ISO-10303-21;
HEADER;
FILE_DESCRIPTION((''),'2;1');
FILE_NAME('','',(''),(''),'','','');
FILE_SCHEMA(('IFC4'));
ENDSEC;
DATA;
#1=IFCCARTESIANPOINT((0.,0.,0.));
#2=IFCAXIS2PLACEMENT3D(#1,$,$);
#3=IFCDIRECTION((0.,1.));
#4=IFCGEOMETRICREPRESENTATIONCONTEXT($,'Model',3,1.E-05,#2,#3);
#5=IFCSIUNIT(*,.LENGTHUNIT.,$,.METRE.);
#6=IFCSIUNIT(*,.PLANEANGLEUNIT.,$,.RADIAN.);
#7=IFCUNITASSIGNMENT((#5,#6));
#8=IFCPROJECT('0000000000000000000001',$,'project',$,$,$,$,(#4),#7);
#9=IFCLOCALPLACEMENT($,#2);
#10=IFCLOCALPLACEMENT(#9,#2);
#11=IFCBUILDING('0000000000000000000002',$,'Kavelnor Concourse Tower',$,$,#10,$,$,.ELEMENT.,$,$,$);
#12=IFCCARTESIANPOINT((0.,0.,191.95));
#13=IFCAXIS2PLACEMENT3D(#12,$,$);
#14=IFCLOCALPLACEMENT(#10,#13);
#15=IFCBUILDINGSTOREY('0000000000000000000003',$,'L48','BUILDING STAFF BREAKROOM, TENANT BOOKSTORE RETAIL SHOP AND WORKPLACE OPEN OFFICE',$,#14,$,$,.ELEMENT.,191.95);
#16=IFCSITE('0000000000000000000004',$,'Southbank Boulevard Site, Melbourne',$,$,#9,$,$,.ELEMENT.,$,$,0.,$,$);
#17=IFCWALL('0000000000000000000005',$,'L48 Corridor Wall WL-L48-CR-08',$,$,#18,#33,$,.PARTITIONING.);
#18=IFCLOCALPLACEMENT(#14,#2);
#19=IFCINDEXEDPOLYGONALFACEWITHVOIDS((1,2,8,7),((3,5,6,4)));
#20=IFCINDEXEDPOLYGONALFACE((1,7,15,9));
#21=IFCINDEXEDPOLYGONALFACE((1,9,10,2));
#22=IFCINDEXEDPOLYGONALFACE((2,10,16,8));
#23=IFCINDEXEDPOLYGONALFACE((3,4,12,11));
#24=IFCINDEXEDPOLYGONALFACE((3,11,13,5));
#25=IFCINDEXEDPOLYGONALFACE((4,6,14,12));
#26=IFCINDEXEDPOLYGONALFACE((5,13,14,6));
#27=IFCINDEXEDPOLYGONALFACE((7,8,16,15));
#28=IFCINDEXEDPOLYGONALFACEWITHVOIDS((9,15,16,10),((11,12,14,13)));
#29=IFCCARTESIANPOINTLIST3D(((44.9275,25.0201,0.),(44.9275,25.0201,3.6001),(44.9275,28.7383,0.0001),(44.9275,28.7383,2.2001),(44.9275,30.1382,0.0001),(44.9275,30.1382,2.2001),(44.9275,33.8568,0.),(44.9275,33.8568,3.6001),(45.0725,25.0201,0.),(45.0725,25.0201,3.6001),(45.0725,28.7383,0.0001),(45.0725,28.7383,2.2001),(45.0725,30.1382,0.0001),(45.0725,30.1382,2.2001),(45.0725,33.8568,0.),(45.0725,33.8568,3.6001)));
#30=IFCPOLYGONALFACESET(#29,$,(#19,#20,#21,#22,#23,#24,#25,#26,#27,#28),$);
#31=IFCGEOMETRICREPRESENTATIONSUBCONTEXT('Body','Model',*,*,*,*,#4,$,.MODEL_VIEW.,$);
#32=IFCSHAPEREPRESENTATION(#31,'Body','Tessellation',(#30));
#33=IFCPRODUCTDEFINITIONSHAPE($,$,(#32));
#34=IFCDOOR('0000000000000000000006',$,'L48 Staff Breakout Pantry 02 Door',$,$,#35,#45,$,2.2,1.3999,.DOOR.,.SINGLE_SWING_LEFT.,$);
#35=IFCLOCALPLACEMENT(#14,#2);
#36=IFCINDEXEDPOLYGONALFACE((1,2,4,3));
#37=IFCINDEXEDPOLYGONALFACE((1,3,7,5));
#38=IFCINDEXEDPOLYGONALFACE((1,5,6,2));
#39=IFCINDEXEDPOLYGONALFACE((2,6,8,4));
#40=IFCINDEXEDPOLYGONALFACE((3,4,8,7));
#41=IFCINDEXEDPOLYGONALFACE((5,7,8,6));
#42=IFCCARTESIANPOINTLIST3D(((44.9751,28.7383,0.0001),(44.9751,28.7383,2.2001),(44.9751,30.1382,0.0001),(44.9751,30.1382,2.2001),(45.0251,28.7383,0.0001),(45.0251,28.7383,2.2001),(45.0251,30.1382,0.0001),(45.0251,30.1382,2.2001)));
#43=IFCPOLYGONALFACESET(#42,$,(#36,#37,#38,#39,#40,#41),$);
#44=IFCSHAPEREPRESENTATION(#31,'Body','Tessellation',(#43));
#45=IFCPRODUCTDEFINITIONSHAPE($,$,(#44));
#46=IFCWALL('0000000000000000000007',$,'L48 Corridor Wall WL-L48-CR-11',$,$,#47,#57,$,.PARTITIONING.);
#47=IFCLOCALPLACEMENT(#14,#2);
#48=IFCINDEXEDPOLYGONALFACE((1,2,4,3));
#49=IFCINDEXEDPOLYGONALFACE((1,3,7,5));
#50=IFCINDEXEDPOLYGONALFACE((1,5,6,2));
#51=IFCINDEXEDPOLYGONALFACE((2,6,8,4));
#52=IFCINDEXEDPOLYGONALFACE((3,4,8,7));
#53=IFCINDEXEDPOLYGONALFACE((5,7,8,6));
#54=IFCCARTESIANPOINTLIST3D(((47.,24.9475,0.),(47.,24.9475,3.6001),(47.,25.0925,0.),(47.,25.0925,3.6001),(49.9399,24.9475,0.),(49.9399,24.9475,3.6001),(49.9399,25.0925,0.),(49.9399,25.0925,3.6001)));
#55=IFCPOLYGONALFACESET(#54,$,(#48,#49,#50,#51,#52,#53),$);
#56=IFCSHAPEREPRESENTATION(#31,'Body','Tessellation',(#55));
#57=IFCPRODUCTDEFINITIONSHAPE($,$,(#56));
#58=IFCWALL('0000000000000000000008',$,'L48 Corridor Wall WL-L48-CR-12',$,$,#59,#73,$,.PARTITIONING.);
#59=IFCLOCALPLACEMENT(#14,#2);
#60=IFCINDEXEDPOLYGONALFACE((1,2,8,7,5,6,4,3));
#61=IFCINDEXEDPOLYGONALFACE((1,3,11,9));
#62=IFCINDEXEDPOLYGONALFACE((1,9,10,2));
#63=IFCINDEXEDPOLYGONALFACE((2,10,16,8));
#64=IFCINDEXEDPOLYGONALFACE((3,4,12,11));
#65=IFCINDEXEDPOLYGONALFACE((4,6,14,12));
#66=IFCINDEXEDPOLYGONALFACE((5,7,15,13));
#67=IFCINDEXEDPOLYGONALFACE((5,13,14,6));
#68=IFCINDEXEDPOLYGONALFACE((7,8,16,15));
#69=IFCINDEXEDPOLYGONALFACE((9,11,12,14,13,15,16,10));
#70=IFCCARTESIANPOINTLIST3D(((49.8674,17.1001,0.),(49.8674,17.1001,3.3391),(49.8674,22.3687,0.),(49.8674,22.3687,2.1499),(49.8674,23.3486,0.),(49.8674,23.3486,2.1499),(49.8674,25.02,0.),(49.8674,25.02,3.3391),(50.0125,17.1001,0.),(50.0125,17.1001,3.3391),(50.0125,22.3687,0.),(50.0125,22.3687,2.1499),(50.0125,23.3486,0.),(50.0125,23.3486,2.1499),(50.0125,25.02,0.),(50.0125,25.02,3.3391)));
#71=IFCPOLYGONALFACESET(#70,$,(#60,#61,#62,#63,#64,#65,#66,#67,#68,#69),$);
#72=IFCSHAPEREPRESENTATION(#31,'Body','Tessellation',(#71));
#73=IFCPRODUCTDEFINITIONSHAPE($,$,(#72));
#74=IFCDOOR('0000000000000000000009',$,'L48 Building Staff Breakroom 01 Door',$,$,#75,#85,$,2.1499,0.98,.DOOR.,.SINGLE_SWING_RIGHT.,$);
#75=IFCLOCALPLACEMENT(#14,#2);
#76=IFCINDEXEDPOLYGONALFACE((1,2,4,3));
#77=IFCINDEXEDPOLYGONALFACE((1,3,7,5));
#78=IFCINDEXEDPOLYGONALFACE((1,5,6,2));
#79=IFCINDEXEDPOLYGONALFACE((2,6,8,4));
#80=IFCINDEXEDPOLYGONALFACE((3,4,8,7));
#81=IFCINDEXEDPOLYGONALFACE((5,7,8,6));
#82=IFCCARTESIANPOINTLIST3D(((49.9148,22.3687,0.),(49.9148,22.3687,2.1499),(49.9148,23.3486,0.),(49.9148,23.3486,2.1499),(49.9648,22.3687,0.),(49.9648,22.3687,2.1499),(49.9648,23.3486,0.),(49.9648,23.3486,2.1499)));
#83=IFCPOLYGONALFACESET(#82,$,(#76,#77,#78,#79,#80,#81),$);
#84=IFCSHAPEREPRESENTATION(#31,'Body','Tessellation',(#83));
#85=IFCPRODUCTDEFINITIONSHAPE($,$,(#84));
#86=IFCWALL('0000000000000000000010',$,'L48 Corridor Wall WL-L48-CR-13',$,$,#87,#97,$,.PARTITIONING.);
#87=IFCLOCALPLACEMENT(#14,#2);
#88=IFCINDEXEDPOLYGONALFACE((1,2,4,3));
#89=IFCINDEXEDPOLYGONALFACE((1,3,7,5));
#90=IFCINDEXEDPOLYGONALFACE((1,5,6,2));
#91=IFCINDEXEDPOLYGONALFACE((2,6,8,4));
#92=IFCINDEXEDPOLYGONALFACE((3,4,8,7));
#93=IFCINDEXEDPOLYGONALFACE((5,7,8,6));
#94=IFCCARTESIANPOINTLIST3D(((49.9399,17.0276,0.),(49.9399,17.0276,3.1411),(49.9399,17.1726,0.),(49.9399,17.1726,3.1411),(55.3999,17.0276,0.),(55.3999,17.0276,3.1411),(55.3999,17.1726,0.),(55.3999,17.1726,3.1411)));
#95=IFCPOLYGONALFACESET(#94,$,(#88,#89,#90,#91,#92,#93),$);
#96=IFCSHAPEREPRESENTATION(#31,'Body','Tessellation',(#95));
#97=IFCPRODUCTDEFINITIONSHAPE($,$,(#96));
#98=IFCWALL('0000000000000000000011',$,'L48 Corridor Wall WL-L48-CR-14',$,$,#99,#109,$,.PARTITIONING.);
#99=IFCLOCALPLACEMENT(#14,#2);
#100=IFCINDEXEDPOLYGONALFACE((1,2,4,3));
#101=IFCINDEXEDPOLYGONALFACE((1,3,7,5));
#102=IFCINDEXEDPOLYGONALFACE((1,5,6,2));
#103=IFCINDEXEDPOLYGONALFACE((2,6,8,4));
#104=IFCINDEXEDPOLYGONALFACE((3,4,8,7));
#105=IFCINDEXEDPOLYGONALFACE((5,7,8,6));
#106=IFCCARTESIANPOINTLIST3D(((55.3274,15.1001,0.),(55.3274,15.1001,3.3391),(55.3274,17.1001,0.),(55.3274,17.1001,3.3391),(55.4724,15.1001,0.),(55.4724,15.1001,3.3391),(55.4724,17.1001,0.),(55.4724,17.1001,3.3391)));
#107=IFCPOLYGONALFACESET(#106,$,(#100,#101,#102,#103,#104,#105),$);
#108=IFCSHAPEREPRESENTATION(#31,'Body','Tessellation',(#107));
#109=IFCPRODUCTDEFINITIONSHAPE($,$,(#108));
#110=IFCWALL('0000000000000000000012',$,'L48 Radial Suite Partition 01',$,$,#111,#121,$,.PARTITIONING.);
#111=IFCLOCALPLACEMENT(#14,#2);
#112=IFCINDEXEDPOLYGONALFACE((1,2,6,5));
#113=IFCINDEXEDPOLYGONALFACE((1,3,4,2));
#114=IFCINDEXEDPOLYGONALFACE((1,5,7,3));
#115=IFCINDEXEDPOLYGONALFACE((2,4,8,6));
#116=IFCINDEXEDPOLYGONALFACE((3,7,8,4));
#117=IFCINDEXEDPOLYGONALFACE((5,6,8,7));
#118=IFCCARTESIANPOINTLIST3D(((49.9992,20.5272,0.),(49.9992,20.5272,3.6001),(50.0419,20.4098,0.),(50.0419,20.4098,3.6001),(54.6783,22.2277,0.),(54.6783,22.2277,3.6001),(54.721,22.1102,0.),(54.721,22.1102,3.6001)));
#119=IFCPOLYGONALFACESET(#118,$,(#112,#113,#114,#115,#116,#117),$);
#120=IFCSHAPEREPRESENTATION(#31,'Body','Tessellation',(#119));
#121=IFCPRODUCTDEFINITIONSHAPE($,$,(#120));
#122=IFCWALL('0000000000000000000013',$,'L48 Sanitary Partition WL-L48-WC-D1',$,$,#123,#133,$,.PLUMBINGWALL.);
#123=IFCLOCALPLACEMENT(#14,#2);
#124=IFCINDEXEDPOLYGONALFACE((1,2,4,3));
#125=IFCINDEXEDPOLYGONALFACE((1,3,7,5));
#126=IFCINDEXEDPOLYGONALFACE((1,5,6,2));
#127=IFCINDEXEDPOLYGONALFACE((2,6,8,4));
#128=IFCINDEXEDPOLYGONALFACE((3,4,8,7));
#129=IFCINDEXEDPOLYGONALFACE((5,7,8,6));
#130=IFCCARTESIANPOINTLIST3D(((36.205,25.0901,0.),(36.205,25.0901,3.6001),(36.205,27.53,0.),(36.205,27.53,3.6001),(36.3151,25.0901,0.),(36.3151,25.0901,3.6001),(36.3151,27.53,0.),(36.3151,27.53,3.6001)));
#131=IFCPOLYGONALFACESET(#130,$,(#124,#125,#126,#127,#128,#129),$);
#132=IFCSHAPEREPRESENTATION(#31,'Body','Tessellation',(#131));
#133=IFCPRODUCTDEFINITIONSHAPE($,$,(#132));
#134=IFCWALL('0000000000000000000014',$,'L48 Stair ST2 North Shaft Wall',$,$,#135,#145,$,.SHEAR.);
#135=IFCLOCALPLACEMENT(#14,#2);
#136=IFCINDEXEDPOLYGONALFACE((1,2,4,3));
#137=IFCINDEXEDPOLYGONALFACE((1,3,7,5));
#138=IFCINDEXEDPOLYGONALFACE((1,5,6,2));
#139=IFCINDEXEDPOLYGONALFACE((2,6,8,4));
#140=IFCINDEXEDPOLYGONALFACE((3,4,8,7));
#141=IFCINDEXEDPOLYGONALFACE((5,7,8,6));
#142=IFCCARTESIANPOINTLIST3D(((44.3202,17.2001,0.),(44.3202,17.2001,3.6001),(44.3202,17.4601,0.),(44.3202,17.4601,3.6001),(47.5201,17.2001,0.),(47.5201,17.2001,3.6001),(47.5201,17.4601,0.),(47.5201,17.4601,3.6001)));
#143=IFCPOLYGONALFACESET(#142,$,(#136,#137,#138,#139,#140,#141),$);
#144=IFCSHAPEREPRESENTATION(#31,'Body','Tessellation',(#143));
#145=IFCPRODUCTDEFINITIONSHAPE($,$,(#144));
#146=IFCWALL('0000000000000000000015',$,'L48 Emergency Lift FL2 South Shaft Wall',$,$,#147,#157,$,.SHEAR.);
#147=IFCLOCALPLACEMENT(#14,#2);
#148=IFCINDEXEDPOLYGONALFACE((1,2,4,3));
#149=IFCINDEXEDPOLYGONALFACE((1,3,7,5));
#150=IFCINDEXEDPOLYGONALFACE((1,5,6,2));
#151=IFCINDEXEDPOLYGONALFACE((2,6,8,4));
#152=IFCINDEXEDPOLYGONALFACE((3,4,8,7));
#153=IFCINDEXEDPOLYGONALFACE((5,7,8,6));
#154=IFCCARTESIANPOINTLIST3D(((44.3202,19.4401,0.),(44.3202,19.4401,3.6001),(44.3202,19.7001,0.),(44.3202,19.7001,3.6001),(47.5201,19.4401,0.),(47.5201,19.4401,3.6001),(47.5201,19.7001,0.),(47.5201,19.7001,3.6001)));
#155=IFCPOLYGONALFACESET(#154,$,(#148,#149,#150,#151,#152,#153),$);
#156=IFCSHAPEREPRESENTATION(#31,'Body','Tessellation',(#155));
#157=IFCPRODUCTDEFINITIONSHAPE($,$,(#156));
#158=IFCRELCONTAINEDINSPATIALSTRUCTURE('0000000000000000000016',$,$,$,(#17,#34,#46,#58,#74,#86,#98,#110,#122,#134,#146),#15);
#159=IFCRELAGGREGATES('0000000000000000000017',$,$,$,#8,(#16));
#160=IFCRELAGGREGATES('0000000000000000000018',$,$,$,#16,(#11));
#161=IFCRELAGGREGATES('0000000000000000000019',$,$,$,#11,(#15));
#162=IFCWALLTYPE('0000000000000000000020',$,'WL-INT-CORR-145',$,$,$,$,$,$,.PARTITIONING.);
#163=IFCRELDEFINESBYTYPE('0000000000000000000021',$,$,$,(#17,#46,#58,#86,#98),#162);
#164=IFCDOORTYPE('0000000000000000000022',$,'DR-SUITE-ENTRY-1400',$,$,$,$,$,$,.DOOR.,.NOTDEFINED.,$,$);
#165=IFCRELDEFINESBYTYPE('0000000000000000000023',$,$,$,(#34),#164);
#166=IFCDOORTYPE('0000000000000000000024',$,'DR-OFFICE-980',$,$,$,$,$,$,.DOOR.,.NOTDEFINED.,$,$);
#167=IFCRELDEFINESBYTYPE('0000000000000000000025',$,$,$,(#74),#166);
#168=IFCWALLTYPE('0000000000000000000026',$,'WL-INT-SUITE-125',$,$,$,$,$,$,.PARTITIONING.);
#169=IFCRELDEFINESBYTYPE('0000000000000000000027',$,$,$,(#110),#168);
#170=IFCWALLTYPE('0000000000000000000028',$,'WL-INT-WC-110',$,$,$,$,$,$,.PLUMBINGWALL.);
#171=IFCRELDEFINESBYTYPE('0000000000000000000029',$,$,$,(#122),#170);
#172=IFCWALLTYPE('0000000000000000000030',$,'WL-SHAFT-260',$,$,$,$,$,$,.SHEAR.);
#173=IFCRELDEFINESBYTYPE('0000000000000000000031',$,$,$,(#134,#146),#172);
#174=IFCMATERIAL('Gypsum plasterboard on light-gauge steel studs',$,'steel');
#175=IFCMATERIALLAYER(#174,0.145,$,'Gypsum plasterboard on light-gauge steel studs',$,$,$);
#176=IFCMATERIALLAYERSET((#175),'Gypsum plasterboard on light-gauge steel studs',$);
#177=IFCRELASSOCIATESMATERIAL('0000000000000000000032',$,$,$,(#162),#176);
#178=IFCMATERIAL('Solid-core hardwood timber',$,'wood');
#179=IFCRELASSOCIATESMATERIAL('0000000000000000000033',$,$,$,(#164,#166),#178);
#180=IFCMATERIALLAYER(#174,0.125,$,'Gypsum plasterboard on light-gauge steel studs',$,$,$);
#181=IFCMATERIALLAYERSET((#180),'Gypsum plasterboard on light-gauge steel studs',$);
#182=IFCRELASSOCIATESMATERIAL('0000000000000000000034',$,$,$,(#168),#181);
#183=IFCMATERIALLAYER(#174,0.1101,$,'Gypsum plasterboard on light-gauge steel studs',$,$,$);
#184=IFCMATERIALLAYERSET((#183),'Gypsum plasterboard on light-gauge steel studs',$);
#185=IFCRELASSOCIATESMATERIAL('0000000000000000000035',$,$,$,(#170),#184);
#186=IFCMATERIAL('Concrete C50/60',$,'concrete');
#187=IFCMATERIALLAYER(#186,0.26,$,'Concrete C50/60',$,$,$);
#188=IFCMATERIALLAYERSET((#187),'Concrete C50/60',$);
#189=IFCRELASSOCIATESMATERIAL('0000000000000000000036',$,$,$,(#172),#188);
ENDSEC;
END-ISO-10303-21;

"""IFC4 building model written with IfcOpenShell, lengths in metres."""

from ifc_helpers import new_model, si_unit, direction, frame, frame_2d, origin, place, context, subcontext, project, spatial, rectangle, extrude, material, layer, layer_set, type_object, element, fill, save


model = new_model("IFC4")

# Units and contexts
model_context = context("Model", 3, precision=1e-05, world=origin(), true_north=direction((0.0, 1.0)))
body_context = subcontext(model_context, "Body", "Model", "MODEL_VIEW")
ifc_project = project(units=[si_unit("LENGTHUNIT", "METRE"), si_unit("PLANEANGLEUNIT", "RADIAN")], contexts=[model_context])

# Site, building, storey
site_placement = place(None, origin())
site = spatial("IfcSite", under=ifc_project, at=site_placement, Name="Southbank Boulevard Site, Melbourne", CompositionType="ELEMENT", RefElevation=0.0)
building_placement = place(site_placement, origin())
building = spatial("IfcBuilding", under=site, at=building_placement, Name="Kavelnor Concourse Tower", CompositionType="ELEMENT")
storey_placement = place(building_placement, frame((0.0, 0.0, 191.95)))
storey = spatial("IfcBuildingStorey", under=building, at=storey_placement, Name="L48", Description="BUILDING STAFF BREAKROOM, TENANT BOOKSTORE RETAIL SHOP AND WORKPLACE OPEN OFFICE", CompositionType="ELEMENT", Elevation=191.95)

# Wall, opening, door
ifc_material_1 = material(Name="Gypsum plasterboard on light-gauge steel studs", Category="steel")
ifc_layer_1 = layer(ifc_material_1, 0.145, Name="Gypsum plasterboard on light-gauge steel studs")
ifc_layer_set_1 = layer_set([ifc_layer_1], Name="Gypsum plasterboard on light-gauge steel studs")
wall_type_1 = type_object("IfcWallType", Name="WL-INT-CORR-145", PredefinedType="PARTITIONING", material=ifc_layer_set_1)
wall_1_placement = place(storey_placement, frame((45.0, 25.02, 0.0), z_axis=(0.0, 0.0, 1.0), x_axis=(0.0, 1.0, 0.0)))
wall_1 = element("IfcWall", 1, at=wall_1_placement, inside=storey, type_object=wall_type_1, Name="L48 Corridor Wall WL-L48-CR-08", PredefinedType="PARTITIONING", context=body_context, shape_type="SweptSolid", body=[
    extrude(rectangle(XDim=8.8367, YDim=0.145, at=frame_2d((4.4185, 0.0))), origin(), (0.0, 0.0, 1.0), 3.6001),
])
opening_1_placement = place(wall_1_placement, frame((3.7183, 0.0, 0.0)))
opening_1 = element("IfcOpeningElement", 2, at=opening_1_placement, cuts=wall_1, PredefinedType="OPENING", context=body_context, shape_type="SweptSolid", body=[
    extrude(rectangle(XDim=1.3999, YDim=2.2, at=frame_2d((0.7, 1.1001))), frame((0.0, 0.0825, 0.0), z_axis=(0.0, -1.0, 0.0), x_axis=(1.0, 0.0, 0.0)), (0.0, 0.0, 1.0), 0.165),
])
ifc_material_2 = material(Name="Solid-core hardwood timber", Category="wood")
door_type_1 = type_object("IfcDoorType", Name="DR-SUITE-ENTRY-1400", OperationType="NOTDEFINED", PredefinedType="DOOR", material=ifc_material_2)
door_1_placement = place(opening_1_placement, origin())
door_1 = element("IfcDoor", 3, at=door_1_placement, inside=storey, type_object=door_type_1, Name="L48 Staff Breakout Pantry 02 Door", OperationType="SINGLE_SWING_LEFT", OverallHeight=2.2, OverallWidth=1.3999, PredefinedType="DOOR", context=body_context, shape_type="SweptSolid", body=[
    extrude(rectangle(XDim=1.3999, YDim=2.2, at=frame_2d((0.7, 1.1001))), frame((0.0, 0.0249, 0.0), z_axis=(0.0, -1.0, 0.0), x_axis=(1.0, 0.0, 0.0)), (0.0, 0.0, 1.0), 0.05),
])
fill(opening_1, door_1)

# Wall
wall_2_placement = place(storey_placement, frame((47.0, 25.02, 0.0), z_axis=(0.0, 0.0, 1.0), x_axis=(1.0, 0.0, 0.0)))
element("IfcWall", 4, at=wall_2_placement, inside=storey, type_object=wall_type_1, Name="L48 Corridor Wall WL-L48-CR-11", PredefinedType="PARTITIONING", context=body_context, shape_type="SweptSolid", body=[
    extrude(rectangle(XDim=2.9399, YDim=0.145, at=frame_2d((1.47, 0.0))), origin(), (0.0, 0.0, 1.0), 3.6001),
])

# Wall, opening, door
wall_3_placement = place(storey_placement, frame((49.9399, 25.02, 0.0), z_axis=(0.0, 0.0, 1.0), x_axis=(0.0, -1.0, 0.0)))
wall_3 = element("IfcWall", 5, at=wall_3_placement, inside=storey, type_object=wall_type_1, Name="L48 Corridor Wall WL-L48-CR-12", PredefinedType="PARTITIONING", context=body_context, shape_type="SweptSolid", body=[
    extrude(rectangle(XDim=7.9199, YDim=0.145, at=frame_2d((3.96, 0.0))), origin(), (0.0, 0.0, 1.0), 3.3391),
])
opening_2_placement = place(wall_3_placement, frame((1.6714, 0.0, 0.0)))
opening_2 = element("IfcOpeningElement", 6, at=opening_2_placement, cuts=wall_3, PredefinedType="OPENING", context=body_context, shape_type="SweptSolid", body=[
    extrude(rectangle(XDim=0.98, YDim=2.1499, at=frame_2d((0.49, 1.075))), frame((0.0, 0.0825, 0.0), z_axis=(0.0, -1.0, 0.0), x_axis=(1.0, 0.0, 0.0)), (0.0, 0.0, 1.0), 0.165),
])
door_type_2 = type_object("IfcDoorType", Name="DR-OFFICE-980", OperationType="NOTDEFINED", PredefinedType="DOOR", material=ifc_material_2)
door_2_placement = place(opening_2_placement, origin())
door_2 = element("IfcDoor", 7, at=door_2_placement, inside=storey, type_object=door_type_2, Name="L48 Building Staff Breakroom 01 Door", OperationType="SINGLE_SWING_RIGHT", OverallHeight=2.1499, OverallWidth=0.98, PredefinedType="DOOR", context=body_context, shape_type="SweptSolid", body=[
    extrude(rectangle(XDim=0.98, YDim=2.1499, at=frame_2d((0.49, 1.075))), frame((0.0, 0.0249, 0.0), z_axis=(0.0, -1.0, 0.0), x_axis=(1.0, 0.0, 0.0)), (0.0, 0.0, 1.0), 0.05),
])
fill(opening_2, door_2)

# Walls
wall_4_placement = place(storey_placement, frame((49.9399, 17.1001, 0.0), z_axis=(0.0, 0.0, 1.0), x_axis=(1.0, 0.0, 0.0)))
element("IfcWall", 8, at=wall_4_placement, inside=storey, type_object=wall_type_1, Name="L48 Corridor Wall WL-L48-CR-13", PredefinedType="PARTITIONING", context=body_context, shape_type="SweptSolid", body=[
    extrude(rectangle(XDim=5.46, YDim=0.145, at=frame_2d((2.73, 0.0))), origin(), (0.0, 0.0, 1.0), 3.1411),
])
wall_5_placement = place(storey_placement, frame((55.3999, 17.1001, 0.0), z_axis=(0.0, 0.0, 1.0), x_axis=(0.0, -1.0, 0.0)))
element("IfcWall", 9, at=wall_5_placement, inside=storey, type_object=wall_type_1, Name="L48 Corridor Wall WL-L48-CR-14", PredefinedType="PARTITIONING", context=body_context, shape_type="SweptSolid", body=[
    extrude(rectangle(XDim=2.0, YDim=0.145, at=frame_2d((1.0, 0.0))), origin(), (0.0, 0.0, 1.0), 3.3391),
])
ifc_layer_2 = layer(ifc_material_1, 0.125, Name="Gypsum plasterboard on light-gauge steel studs")
ifc_layer_set_2 = layer_set([ifc_layer_2], Name="Gypsum plasterboard on light-gauge steel studs")
wall_type_2 = type_object("IfcWallType", Name="WL-INT-SUITE-125", PredefinedType="PARTITIONING", material=ifc_layer_set_2)
wall_6_placement = place(storey_placement, frame((50.0205, 20.4685, 0.0), z_axis=(0.0, 0.0, 1.0), x_axis=(0.939864, 0.34155, 0.0)))
element("IfcWall", 10, at=wall_6_placement, inside=storey, type_object=wall_type_2, Name="L48 Radial Suite Partition 01", PredefinedType="PARTITIONING", context=body_context, shape_type="SweptSolid", body=[
    extrude(rectangle(XDim=4.9785, YDim=0.125, at=frame_2d((2.4893, 0.0))), origin(), (0.0, 0.0, 1.0), 3.6001),
])
ifc_layer_3 = layer(ifc_material_1, 0.1101, Name="Gypsum plasterboard on light-gauge steel studs")
ifc_layer_set_3 = layer_set([ifc_layer_3], Name="Gypsum plasterboard on light-gauge steel studs")
wall_type_3 = type_object("IfcWallType", Name="WL-INT-WC-110", PredefinedType="PLUMBINGWALL", material=ifc_layer_set_3)
wall_7_placement = place(storey_placement, frame((36.26, 25.0901, 0.0), z_axis=(0.0, 0.0, 1.0), x_axis=(0.0, 1.0, 0.0)))
element("IfcWall", 11, at=wall_7_placement, inside=storey, type_object=wall_type_3, Name="L48 Sanitary Partition WL-L48-WC-D1", PredefinedType="PLUMBINGWALL", context=body_context, shape_type="SweptSolid", body=[
    extrude(rectangle(XDim=2.4399, YDim=0.1101, at=frame_2d((1.22, 0.0))), origin(), (0.0, 0.0, 1.0), 3.6001),
])
ifc_material_3 = material(Name="Concrete C50/60", Category="concrete")
ifc_layer_4 = layer(ifc_material_3, 0.26, Name="Concrete C50/60")
ifc_layer_set_4 = layer_set([ifc_layer_4], Name="Concrete C50/60")
wall_type_4 = type_object("IfcWallType", Name="WL-SHAFT-260", PredefinedType="SHEAR", material=ifc_layer_set_4)
for number, where, z_axis, x_axis, name in (
    (12, (44.3201, 17.3301, 0.0), (0.0, 0.0, 1.0), (1.0, 0.0, 0.0), "L48 Stair ST2 North Shaft Wall"),
    (13, (44.3201, 19.5701, 0.0), (0.0, 0.0, 1.0), (1.0, 0.0, 0.0), "L48 Emergency Lift FL2 South Shaft Wall"),
):
    element("IfcWall", number, at=place(storey_placement, frame(where, z_axis=z_axis, x_axis=x_axis)), inside=storey, type_object=wall_type_4, Name=name, PredefinedType="SHEAR", context=body_context, shape_type="SweptSolid", body=[
        extrude(rectangle(XDim=3.2, YDim=0.26, at=frame_2d((1.6001, 0.0))), origin(), (0.0, 0.0, 1.0), 3.6001),
    ])

save(model, "model.ifc")
